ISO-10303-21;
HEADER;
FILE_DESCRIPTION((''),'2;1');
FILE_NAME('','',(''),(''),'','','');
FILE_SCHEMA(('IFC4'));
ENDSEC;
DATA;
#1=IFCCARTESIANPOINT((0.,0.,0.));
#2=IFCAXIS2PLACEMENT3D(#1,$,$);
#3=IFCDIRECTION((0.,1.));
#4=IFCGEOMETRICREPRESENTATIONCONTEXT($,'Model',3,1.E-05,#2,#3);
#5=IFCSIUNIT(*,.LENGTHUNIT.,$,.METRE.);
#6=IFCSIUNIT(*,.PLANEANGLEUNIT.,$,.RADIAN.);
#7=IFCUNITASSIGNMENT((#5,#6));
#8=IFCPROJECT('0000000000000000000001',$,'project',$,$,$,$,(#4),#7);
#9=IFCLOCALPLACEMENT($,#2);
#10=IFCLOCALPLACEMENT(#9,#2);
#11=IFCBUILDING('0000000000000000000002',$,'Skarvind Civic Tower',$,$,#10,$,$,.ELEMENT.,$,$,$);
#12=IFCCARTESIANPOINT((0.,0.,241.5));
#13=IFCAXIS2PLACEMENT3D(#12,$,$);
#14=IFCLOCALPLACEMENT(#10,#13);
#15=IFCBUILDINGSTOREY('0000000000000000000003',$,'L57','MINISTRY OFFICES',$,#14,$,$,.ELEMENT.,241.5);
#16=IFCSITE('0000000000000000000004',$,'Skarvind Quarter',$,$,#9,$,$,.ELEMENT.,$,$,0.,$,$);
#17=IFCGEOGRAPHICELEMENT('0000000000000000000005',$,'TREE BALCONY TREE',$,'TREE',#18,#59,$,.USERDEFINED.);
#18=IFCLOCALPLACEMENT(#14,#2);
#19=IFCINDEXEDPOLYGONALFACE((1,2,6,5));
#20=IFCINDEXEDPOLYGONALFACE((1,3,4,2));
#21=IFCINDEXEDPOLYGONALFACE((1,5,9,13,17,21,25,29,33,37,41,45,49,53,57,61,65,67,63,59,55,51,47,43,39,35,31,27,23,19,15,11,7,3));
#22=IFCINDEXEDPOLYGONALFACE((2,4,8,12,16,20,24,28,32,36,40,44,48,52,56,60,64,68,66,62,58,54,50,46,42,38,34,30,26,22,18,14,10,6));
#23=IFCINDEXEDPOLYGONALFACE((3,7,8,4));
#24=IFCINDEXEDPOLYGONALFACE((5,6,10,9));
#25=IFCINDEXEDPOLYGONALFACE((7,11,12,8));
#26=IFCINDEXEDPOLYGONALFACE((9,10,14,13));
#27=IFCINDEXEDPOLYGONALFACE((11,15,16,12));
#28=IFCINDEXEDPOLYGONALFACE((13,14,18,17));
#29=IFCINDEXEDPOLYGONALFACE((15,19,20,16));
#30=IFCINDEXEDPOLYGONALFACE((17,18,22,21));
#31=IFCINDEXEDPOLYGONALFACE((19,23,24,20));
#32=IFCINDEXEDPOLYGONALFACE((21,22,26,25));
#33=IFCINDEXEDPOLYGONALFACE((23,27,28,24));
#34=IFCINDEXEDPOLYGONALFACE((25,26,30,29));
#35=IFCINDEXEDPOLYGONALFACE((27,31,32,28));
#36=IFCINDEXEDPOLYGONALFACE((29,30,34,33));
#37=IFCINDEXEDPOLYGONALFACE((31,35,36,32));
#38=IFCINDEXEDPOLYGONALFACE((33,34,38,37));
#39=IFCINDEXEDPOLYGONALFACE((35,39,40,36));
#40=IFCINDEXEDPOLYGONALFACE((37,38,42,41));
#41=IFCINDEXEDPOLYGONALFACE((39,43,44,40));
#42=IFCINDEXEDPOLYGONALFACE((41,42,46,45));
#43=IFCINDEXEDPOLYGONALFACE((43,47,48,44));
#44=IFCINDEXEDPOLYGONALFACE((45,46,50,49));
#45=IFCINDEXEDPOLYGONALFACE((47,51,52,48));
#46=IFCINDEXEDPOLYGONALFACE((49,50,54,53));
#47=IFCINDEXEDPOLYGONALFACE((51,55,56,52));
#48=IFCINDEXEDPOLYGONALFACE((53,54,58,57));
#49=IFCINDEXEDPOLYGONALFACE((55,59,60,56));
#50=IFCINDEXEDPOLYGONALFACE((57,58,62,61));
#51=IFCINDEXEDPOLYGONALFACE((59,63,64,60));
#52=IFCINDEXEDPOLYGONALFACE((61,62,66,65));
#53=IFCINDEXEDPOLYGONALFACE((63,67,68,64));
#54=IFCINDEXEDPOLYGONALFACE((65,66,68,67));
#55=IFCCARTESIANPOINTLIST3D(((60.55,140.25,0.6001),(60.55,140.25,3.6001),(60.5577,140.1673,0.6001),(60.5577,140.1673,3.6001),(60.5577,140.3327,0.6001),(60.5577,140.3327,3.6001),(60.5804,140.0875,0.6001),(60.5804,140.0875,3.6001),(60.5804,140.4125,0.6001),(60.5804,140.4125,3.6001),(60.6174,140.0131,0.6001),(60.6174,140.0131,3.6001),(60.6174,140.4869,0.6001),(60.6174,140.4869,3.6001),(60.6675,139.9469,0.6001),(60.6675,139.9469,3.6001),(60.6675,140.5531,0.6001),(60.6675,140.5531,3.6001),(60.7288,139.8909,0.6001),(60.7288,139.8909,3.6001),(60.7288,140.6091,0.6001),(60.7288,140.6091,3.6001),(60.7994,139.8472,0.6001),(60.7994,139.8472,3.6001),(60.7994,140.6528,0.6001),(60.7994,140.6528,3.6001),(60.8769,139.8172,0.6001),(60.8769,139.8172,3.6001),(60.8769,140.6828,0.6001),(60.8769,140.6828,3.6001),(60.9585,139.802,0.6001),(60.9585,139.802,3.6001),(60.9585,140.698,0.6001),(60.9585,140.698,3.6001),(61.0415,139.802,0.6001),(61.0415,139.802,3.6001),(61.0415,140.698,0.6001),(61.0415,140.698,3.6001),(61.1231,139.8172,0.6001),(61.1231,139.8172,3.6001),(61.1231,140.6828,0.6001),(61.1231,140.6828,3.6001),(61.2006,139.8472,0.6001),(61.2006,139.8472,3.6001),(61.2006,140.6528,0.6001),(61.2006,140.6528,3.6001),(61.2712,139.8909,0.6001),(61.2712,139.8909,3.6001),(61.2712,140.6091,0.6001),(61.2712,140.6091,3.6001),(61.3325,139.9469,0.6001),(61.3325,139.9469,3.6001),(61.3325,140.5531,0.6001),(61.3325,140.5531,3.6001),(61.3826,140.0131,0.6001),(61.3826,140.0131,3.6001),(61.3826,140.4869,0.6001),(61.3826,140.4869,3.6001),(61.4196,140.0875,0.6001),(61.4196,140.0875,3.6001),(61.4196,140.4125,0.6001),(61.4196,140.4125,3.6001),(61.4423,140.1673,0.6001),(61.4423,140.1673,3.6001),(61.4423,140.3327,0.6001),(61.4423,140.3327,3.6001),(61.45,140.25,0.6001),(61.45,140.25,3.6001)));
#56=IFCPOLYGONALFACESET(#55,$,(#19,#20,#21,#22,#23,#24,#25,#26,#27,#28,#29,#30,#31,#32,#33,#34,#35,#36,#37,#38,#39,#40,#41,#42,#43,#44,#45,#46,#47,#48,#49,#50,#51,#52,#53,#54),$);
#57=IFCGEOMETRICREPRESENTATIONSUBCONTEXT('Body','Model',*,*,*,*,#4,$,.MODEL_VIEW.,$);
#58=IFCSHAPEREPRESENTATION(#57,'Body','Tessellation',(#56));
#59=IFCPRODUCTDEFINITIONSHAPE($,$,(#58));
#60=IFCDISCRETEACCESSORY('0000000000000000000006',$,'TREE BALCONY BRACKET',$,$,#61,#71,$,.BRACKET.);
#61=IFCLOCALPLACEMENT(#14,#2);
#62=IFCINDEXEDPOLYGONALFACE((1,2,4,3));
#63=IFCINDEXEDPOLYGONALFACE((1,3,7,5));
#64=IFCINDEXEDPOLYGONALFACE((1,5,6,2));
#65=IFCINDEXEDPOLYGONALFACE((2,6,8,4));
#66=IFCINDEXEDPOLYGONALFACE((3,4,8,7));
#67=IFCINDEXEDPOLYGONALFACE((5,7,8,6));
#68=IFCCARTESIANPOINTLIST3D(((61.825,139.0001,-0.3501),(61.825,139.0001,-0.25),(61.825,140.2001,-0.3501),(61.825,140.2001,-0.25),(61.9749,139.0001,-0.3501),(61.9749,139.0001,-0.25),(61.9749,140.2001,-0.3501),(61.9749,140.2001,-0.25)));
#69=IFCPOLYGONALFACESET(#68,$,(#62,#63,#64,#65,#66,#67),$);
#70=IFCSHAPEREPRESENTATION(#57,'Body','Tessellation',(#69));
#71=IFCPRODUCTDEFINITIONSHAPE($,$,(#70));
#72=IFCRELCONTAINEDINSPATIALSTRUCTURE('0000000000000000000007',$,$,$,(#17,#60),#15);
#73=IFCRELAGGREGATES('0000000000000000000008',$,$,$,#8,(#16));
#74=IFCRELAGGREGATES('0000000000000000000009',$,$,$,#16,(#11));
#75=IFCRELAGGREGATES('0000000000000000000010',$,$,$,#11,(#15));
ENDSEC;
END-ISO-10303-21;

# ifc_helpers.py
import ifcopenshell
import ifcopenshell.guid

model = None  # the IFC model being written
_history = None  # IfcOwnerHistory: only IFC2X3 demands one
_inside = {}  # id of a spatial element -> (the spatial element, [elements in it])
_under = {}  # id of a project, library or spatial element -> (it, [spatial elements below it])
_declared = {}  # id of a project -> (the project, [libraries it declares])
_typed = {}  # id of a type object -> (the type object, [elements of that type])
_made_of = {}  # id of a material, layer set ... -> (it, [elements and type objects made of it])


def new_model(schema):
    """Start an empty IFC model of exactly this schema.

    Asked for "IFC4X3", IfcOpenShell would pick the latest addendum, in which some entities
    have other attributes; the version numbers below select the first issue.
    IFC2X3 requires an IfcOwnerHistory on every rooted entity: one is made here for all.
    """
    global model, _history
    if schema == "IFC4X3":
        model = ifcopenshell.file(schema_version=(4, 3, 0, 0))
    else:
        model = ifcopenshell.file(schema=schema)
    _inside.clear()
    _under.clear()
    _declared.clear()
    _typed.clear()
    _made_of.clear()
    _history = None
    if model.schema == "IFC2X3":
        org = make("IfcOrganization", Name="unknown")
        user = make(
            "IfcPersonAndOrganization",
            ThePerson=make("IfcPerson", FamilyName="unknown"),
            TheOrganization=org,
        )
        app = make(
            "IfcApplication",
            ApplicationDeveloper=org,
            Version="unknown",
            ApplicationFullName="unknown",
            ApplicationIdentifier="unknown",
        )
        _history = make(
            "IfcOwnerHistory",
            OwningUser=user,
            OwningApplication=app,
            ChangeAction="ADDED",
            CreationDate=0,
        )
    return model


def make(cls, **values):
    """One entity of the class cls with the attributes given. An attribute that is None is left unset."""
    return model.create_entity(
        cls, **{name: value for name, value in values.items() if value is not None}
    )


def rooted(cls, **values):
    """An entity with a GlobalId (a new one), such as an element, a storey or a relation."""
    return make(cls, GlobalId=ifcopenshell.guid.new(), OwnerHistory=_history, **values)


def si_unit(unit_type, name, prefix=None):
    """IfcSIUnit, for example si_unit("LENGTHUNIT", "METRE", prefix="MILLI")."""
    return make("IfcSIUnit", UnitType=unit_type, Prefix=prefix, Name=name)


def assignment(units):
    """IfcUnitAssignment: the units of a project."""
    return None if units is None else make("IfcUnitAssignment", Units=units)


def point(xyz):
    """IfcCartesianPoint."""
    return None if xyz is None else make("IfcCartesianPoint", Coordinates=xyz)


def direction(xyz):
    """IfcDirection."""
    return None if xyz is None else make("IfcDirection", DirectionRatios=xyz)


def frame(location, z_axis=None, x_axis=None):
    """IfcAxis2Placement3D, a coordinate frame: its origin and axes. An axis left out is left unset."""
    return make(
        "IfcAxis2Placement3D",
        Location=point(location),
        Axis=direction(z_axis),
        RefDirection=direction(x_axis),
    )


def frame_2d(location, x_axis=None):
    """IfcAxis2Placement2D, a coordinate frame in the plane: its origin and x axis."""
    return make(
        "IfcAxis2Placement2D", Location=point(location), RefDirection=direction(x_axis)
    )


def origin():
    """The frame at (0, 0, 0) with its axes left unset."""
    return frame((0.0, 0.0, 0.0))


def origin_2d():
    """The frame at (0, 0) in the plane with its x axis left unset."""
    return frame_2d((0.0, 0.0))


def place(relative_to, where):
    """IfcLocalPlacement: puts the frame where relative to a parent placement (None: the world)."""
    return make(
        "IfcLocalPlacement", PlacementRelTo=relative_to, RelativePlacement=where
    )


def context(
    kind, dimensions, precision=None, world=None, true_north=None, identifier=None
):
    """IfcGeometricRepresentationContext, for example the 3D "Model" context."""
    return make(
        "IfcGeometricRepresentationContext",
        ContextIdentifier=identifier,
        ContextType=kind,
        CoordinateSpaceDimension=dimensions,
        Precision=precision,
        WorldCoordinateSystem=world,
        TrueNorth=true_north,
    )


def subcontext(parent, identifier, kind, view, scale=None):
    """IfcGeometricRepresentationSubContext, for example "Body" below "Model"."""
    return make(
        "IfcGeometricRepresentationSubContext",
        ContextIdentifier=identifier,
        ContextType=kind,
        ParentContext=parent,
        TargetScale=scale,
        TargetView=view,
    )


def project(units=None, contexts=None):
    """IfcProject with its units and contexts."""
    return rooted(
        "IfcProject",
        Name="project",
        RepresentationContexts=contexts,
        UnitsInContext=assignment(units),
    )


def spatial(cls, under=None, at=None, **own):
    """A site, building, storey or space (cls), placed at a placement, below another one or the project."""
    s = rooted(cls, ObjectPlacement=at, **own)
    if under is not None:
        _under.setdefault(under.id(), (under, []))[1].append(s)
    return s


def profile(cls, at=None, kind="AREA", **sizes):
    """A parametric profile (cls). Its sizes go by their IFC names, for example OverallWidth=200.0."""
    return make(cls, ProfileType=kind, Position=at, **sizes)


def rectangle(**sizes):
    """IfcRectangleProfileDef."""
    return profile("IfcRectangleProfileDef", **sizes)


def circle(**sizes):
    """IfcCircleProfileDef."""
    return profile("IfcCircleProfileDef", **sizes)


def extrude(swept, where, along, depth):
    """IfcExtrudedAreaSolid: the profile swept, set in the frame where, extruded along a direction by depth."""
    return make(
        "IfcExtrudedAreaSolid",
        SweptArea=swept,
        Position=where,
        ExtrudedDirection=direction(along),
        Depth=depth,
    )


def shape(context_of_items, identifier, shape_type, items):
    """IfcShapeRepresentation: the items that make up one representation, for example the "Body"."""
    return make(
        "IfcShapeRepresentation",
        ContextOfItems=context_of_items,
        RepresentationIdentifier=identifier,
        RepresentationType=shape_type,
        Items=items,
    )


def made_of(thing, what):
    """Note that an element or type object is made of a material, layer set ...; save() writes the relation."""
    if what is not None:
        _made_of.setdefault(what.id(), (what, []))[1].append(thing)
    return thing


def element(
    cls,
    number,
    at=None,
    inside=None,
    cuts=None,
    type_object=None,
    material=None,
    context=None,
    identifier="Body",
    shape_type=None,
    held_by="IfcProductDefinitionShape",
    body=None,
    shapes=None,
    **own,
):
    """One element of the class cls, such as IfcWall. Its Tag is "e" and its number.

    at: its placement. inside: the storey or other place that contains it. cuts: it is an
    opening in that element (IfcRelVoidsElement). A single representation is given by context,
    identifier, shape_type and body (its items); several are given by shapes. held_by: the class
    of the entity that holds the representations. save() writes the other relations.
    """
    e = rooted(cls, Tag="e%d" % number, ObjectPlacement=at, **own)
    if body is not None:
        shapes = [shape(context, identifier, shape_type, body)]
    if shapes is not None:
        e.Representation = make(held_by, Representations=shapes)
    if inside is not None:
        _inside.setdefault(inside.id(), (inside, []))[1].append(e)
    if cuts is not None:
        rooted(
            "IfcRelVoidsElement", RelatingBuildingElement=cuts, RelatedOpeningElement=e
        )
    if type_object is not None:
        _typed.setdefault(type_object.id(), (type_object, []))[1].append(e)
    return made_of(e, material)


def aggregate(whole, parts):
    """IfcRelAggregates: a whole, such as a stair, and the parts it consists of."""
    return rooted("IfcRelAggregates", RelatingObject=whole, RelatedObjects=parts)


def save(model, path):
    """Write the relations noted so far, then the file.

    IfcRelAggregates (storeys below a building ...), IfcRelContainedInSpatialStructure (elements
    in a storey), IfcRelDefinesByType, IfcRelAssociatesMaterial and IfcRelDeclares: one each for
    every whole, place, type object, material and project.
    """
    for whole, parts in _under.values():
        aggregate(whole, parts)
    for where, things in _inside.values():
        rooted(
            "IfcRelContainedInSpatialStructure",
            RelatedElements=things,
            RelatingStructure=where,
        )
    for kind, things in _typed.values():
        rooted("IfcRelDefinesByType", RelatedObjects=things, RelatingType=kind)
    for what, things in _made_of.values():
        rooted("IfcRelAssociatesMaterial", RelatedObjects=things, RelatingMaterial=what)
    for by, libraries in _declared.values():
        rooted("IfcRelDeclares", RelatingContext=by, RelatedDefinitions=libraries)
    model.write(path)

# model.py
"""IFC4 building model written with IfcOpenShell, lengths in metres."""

from ifc_helpers import new_model, si_unit, direction, frame, origin, origin_2d, place, context, subcontext, project, spatial, rectangle, circle, extrude, element, save


model = new_model("IFC4")

# Units and contexts
model_context = context("Model", 3, precision=1e-05, world=origin(), true_north=direction((0.0, 1.0)))
body_context = subcontext(model_context, "Body", "Model", "MODEL_VIEW")
ifc_project = project(units=[si_unit("LENGTHUNIT", "METRE"), si_unit("PLANEANGLEUNIT", "RADIAN")], contexts=[model_context])

# Site, building, storey
site_placement = place(None, origin())
site = spatial("IfcSite", under=ifc_project, at=site_placement, Name="Skarvind Quarter", CompositionType="ELEMENT", RefElevation=0.0)
building_placement = place(site_placement, origin())
building = spatial("IfcBuilding", under=site, at=building_placement, Name="Skarvind Civic Tower", CompositionType="ELEMENT")
storey_placement = place(building_placement, frame((0.0, 0.0, 241.5)))
storey = spatial("IfcBuildingStorey", under=building, at=storey_placement, Name="L57", Description="MINISTRY OFFICES", CompositionType="ELEMENT", Elevation=241.5)

# Geographic element
geographic_element_placement = place(storey_placement, frame((61.0, 140.25, 0.6001), z_axis=(0.0, 0.0, 1.0), x_axis=(1.0, 0.0, 0.0)))
element("IfcGeographicElement", 1, at=geographic_element_placement, inside=storey, Name="TREE BALCONY TREE", ObjectType="TREE", PredefinedType="USERDEFINED", context=body_context, shape_type="SweptSolid", body=[
    extrude(circle(Radius=0.45, at=origin_2d()), origin(), (0.0, 0.0, 1.0), 3.0),
])

# Discrete accessory
discrete_accessory_placement = place(storey_placement, frame((61.8999, 139.6001, -0.3501), z_axis=(0.0, 0.0, 1.0), x_axis=(1.0, 0.0, 0.0)))
element("IfcDiscreteAccessory", 2, at=discrete_accessory_placement, inside=storey, Name="TREE BALCONY BRACKET", PredefinedType="BRACKET", context=body_context, shape_type="SweptSolid", body=[
    extrude(rectangle(XDim=0.1499, YDim=1.2, at=origin_2d()), origin(), (0.0, 0.0, 1.0), 0.1001),
])

save(model, "model.ifc")
